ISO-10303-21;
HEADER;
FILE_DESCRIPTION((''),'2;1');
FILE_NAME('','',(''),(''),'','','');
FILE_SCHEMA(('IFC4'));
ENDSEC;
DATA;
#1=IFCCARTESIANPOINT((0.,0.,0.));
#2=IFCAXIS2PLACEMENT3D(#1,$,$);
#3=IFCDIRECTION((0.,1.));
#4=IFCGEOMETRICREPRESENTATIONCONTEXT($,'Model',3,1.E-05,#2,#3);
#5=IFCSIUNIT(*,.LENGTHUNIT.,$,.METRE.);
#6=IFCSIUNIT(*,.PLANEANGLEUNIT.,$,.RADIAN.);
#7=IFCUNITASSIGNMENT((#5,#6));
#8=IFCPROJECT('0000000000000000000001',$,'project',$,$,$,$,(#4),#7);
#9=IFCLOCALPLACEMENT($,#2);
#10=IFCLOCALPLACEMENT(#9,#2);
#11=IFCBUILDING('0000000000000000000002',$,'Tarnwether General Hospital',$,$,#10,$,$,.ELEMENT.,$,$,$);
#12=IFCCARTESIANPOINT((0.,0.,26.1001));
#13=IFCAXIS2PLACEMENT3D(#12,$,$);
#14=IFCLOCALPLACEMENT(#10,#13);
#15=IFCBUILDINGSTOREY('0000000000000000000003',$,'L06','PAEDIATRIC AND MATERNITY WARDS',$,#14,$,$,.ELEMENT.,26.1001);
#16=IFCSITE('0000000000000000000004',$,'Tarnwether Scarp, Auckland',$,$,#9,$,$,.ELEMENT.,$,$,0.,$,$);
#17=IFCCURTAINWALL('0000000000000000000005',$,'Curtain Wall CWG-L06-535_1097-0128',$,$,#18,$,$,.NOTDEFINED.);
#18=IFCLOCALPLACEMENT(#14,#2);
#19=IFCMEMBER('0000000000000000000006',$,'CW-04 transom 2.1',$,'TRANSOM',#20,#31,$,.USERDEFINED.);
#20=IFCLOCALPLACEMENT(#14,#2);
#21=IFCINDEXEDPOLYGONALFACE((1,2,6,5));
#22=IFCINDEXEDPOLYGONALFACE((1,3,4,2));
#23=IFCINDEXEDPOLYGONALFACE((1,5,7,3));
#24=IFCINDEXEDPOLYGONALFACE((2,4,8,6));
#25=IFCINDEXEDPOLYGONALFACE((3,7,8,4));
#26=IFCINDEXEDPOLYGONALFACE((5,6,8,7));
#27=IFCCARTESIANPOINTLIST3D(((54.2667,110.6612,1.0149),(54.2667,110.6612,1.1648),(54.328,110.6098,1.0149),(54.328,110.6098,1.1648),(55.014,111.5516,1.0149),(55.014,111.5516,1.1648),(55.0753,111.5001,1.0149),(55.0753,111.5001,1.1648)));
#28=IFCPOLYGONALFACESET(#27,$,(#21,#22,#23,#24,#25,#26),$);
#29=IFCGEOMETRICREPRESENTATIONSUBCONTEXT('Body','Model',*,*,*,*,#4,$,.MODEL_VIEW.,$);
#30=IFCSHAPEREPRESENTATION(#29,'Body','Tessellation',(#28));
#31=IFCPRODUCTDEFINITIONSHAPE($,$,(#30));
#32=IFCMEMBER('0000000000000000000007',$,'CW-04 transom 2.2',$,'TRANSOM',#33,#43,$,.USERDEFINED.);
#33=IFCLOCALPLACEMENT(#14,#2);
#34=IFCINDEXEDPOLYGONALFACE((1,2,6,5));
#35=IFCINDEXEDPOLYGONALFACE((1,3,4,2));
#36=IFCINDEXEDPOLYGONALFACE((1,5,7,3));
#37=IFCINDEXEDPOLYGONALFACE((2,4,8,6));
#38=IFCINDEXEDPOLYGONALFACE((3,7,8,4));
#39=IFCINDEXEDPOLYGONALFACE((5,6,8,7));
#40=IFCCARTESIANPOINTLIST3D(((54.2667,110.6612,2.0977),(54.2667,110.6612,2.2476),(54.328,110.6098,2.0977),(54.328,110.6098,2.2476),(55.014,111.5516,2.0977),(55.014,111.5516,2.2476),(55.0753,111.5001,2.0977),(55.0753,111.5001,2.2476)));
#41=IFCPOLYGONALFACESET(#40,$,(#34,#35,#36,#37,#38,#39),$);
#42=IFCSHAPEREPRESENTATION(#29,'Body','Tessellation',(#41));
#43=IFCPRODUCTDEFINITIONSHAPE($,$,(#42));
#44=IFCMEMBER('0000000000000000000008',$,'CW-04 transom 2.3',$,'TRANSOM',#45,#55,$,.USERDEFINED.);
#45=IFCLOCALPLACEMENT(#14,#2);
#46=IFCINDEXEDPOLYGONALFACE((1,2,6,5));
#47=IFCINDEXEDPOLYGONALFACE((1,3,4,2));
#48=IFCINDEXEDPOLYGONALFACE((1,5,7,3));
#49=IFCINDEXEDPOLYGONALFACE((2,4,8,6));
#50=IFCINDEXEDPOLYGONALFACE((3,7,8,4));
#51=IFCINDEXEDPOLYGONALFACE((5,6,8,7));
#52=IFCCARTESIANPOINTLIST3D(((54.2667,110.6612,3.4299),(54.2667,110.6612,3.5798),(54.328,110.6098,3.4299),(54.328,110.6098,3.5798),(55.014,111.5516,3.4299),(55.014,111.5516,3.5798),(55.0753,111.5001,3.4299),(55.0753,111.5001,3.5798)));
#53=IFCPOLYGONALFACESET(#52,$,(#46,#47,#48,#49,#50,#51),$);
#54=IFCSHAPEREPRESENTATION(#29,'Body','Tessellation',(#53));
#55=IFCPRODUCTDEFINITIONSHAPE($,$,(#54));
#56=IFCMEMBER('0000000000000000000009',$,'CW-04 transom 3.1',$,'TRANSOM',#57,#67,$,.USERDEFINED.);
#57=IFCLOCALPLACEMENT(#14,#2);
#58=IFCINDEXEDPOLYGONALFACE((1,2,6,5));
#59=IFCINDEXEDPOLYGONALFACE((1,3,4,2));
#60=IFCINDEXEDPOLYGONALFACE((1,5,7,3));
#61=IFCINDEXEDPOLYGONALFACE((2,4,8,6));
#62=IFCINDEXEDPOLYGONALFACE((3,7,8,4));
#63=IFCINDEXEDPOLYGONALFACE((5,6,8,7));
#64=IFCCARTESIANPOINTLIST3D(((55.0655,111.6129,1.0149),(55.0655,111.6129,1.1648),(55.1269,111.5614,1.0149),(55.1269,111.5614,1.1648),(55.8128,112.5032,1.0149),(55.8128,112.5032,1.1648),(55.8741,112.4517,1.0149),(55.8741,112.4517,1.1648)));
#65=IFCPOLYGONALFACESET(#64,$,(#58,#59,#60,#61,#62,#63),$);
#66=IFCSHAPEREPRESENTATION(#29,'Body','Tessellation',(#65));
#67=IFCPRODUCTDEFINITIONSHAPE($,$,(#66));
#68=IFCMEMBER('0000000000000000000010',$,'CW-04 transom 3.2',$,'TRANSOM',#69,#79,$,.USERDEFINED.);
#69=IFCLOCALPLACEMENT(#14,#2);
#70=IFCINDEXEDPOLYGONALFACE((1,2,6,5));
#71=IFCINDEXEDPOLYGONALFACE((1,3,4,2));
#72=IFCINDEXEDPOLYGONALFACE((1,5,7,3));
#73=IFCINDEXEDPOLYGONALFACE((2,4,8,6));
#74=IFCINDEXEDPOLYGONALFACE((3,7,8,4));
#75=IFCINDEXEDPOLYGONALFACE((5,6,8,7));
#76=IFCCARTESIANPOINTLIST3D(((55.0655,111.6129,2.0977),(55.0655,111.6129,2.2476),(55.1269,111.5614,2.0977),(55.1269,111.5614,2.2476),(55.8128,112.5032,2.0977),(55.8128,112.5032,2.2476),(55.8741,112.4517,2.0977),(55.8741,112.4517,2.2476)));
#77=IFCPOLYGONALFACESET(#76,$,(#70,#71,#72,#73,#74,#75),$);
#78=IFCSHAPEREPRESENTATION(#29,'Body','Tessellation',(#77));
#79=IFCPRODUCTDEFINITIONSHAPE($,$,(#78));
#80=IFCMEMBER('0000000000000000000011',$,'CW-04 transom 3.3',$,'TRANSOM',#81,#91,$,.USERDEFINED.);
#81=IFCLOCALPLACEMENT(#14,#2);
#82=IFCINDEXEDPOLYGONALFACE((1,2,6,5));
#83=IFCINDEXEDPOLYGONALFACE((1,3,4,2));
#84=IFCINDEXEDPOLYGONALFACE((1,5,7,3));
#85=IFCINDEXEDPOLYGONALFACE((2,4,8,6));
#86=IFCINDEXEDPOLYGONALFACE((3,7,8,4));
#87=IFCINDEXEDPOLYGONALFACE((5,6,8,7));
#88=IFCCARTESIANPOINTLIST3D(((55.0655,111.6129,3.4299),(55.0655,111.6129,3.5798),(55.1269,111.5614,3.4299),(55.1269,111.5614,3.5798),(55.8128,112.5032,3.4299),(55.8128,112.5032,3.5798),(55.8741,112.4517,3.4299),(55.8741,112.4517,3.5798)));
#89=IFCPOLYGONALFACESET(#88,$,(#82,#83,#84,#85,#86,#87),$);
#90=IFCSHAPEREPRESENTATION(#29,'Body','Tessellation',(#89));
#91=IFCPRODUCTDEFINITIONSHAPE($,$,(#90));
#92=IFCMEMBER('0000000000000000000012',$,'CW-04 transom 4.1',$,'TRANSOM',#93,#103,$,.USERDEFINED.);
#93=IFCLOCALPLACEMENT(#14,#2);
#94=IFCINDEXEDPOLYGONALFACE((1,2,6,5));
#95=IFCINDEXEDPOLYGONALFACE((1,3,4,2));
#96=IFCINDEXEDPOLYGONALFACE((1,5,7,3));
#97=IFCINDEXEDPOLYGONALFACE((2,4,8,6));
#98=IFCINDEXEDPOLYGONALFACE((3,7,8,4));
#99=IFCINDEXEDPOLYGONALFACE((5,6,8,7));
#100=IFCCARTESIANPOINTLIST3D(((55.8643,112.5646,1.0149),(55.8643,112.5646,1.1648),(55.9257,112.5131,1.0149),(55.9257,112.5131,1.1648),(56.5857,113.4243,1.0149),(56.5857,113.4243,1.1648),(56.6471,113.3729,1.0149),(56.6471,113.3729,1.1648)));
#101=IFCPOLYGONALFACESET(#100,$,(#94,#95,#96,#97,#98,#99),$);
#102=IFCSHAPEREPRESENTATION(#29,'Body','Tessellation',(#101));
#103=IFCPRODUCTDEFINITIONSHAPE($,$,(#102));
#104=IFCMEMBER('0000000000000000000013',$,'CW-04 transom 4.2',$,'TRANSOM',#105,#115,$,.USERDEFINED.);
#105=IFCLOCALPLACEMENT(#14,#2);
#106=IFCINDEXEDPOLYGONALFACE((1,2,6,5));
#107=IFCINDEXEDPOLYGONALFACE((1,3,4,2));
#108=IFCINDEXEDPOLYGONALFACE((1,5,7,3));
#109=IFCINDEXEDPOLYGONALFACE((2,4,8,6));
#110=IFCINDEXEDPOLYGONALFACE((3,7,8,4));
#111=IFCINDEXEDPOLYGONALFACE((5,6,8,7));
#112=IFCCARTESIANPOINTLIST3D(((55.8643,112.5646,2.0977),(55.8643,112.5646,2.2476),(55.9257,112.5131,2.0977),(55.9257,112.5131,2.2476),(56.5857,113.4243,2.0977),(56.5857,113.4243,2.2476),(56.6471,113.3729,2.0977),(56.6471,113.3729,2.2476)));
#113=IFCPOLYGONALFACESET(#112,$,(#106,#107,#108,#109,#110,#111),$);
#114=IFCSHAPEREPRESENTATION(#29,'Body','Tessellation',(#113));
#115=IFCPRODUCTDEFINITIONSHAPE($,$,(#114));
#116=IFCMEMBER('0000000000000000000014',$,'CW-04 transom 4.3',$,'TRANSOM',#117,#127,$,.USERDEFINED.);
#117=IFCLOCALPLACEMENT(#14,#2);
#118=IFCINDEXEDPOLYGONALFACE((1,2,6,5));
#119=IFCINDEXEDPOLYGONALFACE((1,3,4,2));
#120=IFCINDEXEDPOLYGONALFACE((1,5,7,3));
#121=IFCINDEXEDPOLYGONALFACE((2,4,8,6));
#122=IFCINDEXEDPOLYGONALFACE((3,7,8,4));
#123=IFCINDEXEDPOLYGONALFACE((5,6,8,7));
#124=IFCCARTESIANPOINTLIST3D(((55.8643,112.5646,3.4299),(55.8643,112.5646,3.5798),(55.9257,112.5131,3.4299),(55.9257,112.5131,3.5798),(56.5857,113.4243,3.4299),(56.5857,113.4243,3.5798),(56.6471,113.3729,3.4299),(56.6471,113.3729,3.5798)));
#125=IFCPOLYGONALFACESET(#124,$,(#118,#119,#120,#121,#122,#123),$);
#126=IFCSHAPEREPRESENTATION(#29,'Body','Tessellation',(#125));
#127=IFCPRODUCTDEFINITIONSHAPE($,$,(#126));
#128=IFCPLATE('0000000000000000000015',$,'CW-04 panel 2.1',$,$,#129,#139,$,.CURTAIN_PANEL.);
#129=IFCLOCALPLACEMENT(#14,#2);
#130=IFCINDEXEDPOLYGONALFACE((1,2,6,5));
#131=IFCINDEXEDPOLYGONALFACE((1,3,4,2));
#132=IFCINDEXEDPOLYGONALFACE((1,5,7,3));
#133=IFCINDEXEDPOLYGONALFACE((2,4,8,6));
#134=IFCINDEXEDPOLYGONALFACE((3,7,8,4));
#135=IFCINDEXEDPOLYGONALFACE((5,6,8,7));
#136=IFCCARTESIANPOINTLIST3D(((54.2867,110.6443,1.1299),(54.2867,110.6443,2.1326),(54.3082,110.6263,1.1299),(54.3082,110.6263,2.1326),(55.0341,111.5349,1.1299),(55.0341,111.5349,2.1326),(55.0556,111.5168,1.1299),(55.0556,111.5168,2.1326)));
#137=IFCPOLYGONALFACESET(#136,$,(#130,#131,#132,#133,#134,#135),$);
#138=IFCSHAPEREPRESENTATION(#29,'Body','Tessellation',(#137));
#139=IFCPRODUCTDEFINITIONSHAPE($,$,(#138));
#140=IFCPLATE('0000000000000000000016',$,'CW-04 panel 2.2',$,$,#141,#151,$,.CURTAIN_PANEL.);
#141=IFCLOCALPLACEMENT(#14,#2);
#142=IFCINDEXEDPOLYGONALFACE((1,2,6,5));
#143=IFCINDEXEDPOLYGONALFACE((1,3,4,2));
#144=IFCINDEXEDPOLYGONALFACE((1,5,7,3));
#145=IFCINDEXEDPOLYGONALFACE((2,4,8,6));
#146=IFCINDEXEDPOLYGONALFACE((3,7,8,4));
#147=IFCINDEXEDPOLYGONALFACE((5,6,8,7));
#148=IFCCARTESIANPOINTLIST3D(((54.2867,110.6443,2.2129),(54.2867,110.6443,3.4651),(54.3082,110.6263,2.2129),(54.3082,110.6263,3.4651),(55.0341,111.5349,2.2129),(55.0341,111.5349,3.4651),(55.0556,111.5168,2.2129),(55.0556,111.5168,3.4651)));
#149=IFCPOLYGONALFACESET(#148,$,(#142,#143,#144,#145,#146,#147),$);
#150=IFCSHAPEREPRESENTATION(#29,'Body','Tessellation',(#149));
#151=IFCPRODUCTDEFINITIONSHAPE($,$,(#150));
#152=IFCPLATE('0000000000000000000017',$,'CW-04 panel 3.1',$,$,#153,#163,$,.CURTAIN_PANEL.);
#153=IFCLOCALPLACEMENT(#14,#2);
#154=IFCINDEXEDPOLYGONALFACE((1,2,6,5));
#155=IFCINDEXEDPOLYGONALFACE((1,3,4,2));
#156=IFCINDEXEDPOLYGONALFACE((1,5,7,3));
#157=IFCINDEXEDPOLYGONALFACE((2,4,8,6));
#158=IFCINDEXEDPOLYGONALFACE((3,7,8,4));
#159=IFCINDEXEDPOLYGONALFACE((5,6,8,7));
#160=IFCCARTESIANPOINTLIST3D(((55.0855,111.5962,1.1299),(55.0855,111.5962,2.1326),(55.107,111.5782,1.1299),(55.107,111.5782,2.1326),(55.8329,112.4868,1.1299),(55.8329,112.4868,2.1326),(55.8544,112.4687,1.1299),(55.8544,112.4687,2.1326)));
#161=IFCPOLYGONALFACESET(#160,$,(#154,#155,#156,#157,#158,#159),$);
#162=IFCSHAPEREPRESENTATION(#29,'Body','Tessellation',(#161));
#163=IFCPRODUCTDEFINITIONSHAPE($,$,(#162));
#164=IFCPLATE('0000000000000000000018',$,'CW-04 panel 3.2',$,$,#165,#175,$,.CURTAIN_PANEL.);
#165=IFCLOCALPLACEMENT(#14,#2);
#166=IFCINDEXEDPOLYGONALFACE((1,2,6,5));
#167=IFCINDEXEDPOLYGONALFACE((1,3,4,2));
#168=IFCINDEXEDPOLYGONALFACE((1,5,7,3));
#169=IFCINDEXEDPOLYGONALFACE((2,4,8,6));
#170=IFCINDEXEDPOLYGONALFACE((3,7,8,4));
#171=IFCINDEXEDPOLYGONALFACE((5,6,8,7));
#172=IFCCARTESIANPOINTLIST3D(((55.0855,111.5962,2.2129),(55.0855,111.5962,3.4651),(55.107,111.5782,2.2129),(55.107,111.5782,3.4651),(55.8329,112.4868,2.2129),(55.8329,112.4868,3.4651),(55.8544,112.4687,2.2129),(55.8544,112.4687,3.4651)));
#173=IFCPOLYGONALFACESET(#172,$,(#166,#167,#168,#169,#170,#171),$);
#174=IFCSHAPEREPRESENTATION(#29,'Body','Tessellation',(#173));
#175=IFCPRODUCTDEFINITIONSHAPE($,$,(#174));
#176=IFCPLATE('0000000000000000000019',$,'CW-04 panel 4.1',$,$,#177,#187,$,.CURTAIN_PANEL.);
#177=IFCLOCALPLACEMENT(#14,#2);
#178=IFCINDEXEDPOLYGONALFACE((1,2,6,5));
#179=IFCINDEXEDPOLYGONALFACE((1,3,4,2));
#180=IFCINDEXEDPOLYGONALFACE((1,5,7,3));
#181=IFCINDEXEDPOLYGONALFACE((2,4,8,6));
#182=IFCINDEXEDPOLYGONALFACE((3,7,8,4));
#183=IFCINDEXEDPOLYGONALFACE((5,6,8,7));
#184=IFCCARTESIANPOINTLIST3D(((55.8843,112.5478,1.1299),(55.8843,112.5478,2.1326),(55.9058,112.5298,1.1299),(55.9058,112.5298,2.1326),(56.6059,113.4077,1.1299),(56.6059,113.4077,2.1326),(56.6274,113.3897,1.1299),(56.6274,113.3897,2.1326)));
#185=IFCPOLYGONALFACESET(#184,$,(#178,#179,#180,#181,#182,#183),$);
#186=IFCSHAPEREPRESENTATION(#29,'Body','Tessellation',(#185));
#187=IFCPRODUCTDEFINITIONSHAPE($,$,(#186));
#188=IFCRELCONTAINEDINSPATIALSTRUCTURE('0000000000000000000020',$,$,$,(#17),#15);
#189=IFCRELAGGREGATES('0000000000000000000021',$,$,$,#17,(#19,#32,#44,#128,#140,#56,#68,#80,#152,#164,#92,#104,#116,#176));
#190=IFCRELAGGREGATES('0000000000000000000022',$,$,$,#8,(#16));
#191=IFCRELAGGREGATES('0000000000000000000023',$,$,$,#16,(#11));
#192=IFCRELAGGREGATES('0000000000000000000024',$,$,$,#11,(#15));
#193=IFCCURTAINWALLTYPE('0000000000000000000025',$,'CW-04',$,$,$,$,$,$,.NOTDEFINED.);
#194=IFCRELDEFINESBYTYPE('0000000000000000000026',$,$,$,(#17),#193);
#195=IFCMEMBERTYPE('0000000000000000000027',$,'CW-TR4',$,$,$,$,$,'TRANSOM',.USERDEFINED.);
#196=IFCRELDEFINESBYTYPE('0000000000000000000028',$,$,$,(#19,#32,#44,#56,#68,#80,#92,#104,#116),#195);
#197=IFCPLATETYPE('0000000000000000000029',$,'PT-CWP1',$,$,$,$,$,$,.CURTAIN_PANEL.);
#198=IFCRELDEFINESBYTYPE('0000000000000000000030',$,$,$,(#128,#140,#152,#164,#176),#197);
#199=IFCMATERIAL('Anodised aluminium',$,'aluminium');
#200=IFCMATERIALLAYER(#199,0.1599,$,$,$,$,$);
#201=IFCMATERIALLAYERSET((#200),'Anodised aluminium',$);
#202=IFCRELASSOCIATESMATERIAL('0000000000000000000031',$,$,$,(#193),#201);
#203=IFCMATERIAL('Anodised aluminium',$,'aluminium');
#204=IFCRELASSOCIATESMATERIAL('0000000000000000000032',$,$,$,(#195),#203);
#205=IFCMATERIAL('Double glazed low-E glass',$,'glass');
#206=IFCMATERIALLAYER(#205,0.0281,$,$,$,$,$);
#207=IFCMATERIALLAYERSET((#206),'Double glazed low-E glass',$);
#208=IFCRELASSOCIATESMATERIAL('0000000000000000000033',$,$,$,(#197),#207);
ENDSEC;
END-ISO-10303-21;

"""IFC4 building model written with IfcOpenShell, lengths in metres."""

from ifc_helpers import new_model, si_unit, direction, frame, origin, origin_2d, place, context, subcontext, project, spatial, rectangle, extrude, material, layer, layer_set, material_profile, profile_set, type_object, element, aggregate, save


model = new_model("IFC4")

# Units and contexts
model_context = context("Model", 3, precision=1e-05, world=origin(), true_north=direction((0.0, 1.0)))
body_context = subcontext(model_context, "Body", "Model", "MODEL_VIEW")
ifc_project = project(units=[si_unit("LENGTHUNIT", "METRE"), si_unit("PLANEANGLEUNIT", "RADIAN")], contexts=[model_context])

# Site, building, storey
site_placement = place(None, origin())
site = spatial("IfcSite", under=ifc_project, at=site_placement, Name="Tarnwether Scarp, Auckland", CompositionType="ELEMENT", RefElevation=0.0)
building_placement = place(site_placement, origin())
building = spatial("IfcBuilding", under=site, at=building_placement, Name="Tarnwether General Hospital", CompositionType="ELEMENT")
storey_placement = place(building_placement, frame((0.0, 0.0, 26.1001)))
storey = spatial("IfcBuildingStorey", under=building, at=storey_placement, Name="L06", Description="PAEDIATRIC AND MATERNITY WARDS", CompositionType="ELEMENT", Elevation=26.1001)

# Curtain wall
ifc_material_1 = material(Name="Anodised aluminium", Category="aluminium")
ifc_layer_1 = layer(ifc_material_1, 0.1599)
ifc_layer_set_1 = layer_set([ifc_layer_1], Name="Anodised aluminium")
curtain_wall_type_1 = type_object("IfcCurtainWallType", Name="CW-04", PredefinedType="NOTDEFINED", material=ifc_layer_set_1)
curtain_wall_1_placement = place(storey_placement, origin())
curtain_wall_1 = element("IfcCurtainWall", 1, at=curtain_wall_1_placement, inside=storey, type_object=curtain_wall_type_1, Name="Curtain Wall CWG-L06-535_1097-0128", PredefinedType="NOTDEFINED")

# Members
ifc_material_2 = material(Name="Anodised aluminium", Category="aluminium")
ifc_material_profile_1 = material_profile(ifc_material_2, rectangle(XDim=0.0801, YDim=0.1499, at=origin_2d()), Name="ALU-TRN-80x150")
ifc_profile_set_1 = profile_set([ifc_material_profile_1], Name="Anodised aluminium")
member_type_1 = type_object("IfcMemberType", Name="CW-TR4", ElementType="TRANSOM", PredefinedType="USERDEFINED", material=ifc_profile_set_1)
member_1_placement = place(storey_placement, frame((54.2974, 110.6355, 1.0898), z_axis=(0.642887, 0.765961, 0.0), x_axis=(-0.765961, 0.642887, 0.0)))
member_1 = element("IfcMember", 2, at=member_1_placement, type_object=member_type_1, Name="CW-04 transom 2.1", ObjectType="TRANSOM", PredefinedType="USERDEFINED", context=body_context, shape_type="SweptSolid", body=[
    extrude(rectangle(XDim=0.0801, YDim=0.1499, at=origin_2d()), origin(), (0.0, 0.0, 1.0), 1.1624),
])
member_2_placement = place(storey_placement, frame((54.2974, 110.6355, 2.1726), z_axis=(0.642887, 0.765961, 0.0), x_axis=(-0.765961, 0.642887, 0.0)))
member_2 = element("IfcMember", 3, at=member_2_placement, type_object=member_type_1, Name="CW-04 transom 2.2", ObjectType="TRANSOM", PredefinedType="USERDEFINED", context=body_context, shape_type="SweptSolid", body=[
    extrude(rectangle(XDim=0.0801, YDim=0.1499, at=origin_2d()), origin(), (0.0, 0.0, 1.0), 1.1624),
])
member_3_placement = place(storey_placement, frame((54.2974, 110.6355, 3.5049), z_axis=(0.642887, 0.765961, 0.0), x_axis=(-0.765961, 0.642887, 0.0)))
member_3 = element("IfcMember", 4, at=member_3_placement, type_object=member_type_1, Name="CW-04 transom 2.3", ObjectType="TRANSOM", PredefinedType="USERDEFINED", context=body_context, shape_type="SweptSolid", body=[
    extrude(rectangle(XDim=0.0801, YDim=0.1499, at=origin_2d()), origin(), (0.0, 0.0, 1.0), 1.1624),
])
member_4_placement = place(storey_placement, frame((55.0962, 111.5872, 1.0898), z_axis=(0.642887, 0.765961, 0.0), x_axis=(-0.765961, 0.642887, 0.0)))
member_4 = element("IfcMember", 5, at=member_4_placement, type_object=member_type_1, Name="CW-04 transom 3.1", ObjectType="TRANSOM", PredefinedType="USERDEFINED", context=body_context, shape_type="SweptSolid", body=[
    extrude(rectangle(XDim=0.0801, YDim=0.1499, at=origin_2d()), origin(), (0.0, 0.0, 1.0), 1.1624),
])
member_5_placement = place(storey_placement, frame((55.0962, 111.5872, 2.1726), z_axis=(0.642887, 0.765961, 0.0), x_axis=(-0.765961, 0.642887, 0.0)))
member_5 = element("IfcMember", 6, at=member_5_placement, type_object=member_type_1, Name="CW-04 transom 3.2", ObjectType="TRANSOM", PredefinedType="USERDEFINED", context=body_context, shape_type="SweptSolid", body=[
    extrude(rectangle(XDim=0.0801, YDim=0.1499, at=origin_2d()), origin(), (0.0, 0.0, 1.0), 1.1624),
])
member_6_placement = place(storey_placement, frame((55.0962, 111.5872, 3.5049), z_axis=(0.642887, 0.765961, 0.0), x_axis=(-0.765961, 0.642887, 0.0)))
member_6 = element("IfcMember", 7, at=member_6_placement, type_object=member_type_1, Name="CW-04 transom 3.3", ObjectType="TRANSOM", PredefinedType="USERDEFINED", context=body_context, shape_type="SweptSolid", body=[
    extrude(rectangle(XDim=0.0801, YDim=0.1499, at=origin_2d()), origin(), (0.0, 0.0, 1.0), 1.1624),
])
member_7_placement = place(storey_placement, frame((55.895, 112.5388, 1.0898), z_axis=(0.642748, 0.766078, 0.0), x_axis=(-0.766078, 0.642748, 0.0)))
member_7 = element("IfcMember", 8, at=member_7_placement, type_object=member_type_1, Name="CW-04 transom 4.1", ObjectType="TRANSOM", PredefinedType="USERDEFINED", context=body_context, shape_type="SweptSolid", body=[
    extrude(rectangle(XDim=0.0801, YDim=0.1499, at=origin_2d()), origin(), (0.0, 0.0, 1.0), 1.1223),
])
member_8_placement = place(storey_placement, frame((55.895, 112.5388, 2.1726), z_axis=(0.642748, 0.766078, 0.0), x_axis=(-0.766078, 0.642748, 0.0)))
member_8 = element("IfcMember", 9, at=member_8_placement, type_object=member_type_1, Name="CW-04 transom 4.2", ObjectType="TRANSOM", PredefinedType="USERDEFINED", context=body_context, shape_type="SweptSolid", body=[
    extrude(rectangle(XDim=0.0801, YDim=0.1499, at=origin_2d()), origin(), (0.0, 0.0, 1.0), 1.1223),
])
member_9_placement = place(storey_placement, frame((55.895, 112.5388, 3.5049), z_axis=(0.642748, 0.766078, 0.0), x_axis=(-0.766078, 0.642748, 0.0)))
member_9 = element("IfcMember", 10, at=member_9_placement, type_object=member_type_1, Name="CW-04 transom 4.3", ObjectType="TRANSOM", PredefinedType="USERDEFINED", context=body_context, shape_type="SweptSolid", body=[
    extrude(rectangle(XDim=0.0801, YDim=0.1499, at=origin_2d()), origin(), (0.0, 0.0, 1.0), 1.1223),
])

# Plates
ifc_material_3 = material(Name="Double glazed low-E glass", Category="glass")
ifc_layer_2 = layer(ifc_material_3, 0.0281)
ifc_layer_set_2 = layer_set([ifc_layer_2], Name="Double glazed low-E glass")
plate_type_1 = type_object("IfcPlateType", Name="PT-CWP1", PredefinedType="CURTAIN_PANEL", material=ifc_layer_set_2)
plate_1_placement = place(storey_placement, frame((54.6711, 111.0806, 1.1299), z_axis=(0.0, 0.0, 1.0), x_axis=(0.642852, 0.76599, 0.0)))
plate_1 = element("IfcPlate", 11, at=plate_1_placement, type_object=plate_type_1, Name="CW-04 panel 2.1", PredefinedType="CURTAIN_PANEL", context=body_context, shape_type="SweptSolid", body=[
    extrude(rectangle(XDim=1.1626, YDim=0.0281, at=origin_2d()), origin(), (0.0, 0.0, 1.0), 1.0027),
])
plate_2_placement = place(storey_placement, frame((54.6711, 111.0806, 2.2129), z_axis=(0.0, 0.0, 1.0), x_axis=(0.642852, 0.76599, 0.0)))
plate_2 = element("IfcPlate", 12, at=plate_2_placement, type_object=plate_type_1, Name="CW-04 panel 2.2", PredefinedType="CURTAIN_PANEL", context=body_context, shape_type="SweptSolid", body=[
    extrude(rectangle(XDim=1.1626, YDim=0.0281, at=origin_2d()), origin(), (0.0, 0.0, 1.0), 1.2522),
])
plate_3_placement = place(storey_placement, frame((55.47, 112.0325, 1.1299), z_axis=(0.0, 0.0, 1.0), x_axis=(0.642852, 0.76599, 0.0)))
plate_3 = element("IfcPlate", 13, at=plate_3_placement, type_object=plate_type_1, Name="CW-04 panel 3.1", PredefinedType="CURTAIN_PANEL", context=body_context, shape_type="SweptSolid", body=[
    extrude(rectangle(XDim=1.1626, YDim=0.0281, at=origin_2d()), origin(), (0.0, 0.0, 1.0), 1.0027),
])
plate_4_placement = place(storey_placement, frame((55.47, 112.0325, 2.2129), z_axis=(0.0, 0.0, 1.0), x_axis=(0.642852, 0.76599, 0.0)))
plate_4 = element("IfcPlate", 14, at=plate_4_placement, type_object=plate_type_1, Name="CW-04 panel 3.2", PredefinedType="CURTAIN_PANEL", context=body_context, shape_type="SweptSolid", body=[
    extrude(rectangle(XDim=1.1626, YDim=0.0281, at=origin_2d()), origin(), (0.0, 0.0, 1.0), 1.2522),
])
plate_5_placement = place(storey_placement, frame((56.2559, 112.9688, 1.1299), z_axis=(0.0, 0.0, 1.0), x_axis=(0.642852, 0.76599, 0.0)))
plate_5 = element("IfcPlate", 15, at=plate_5_placement, type_object=plate_type_1, Name="CW-04 panel 4.1", PredefinedType="CURTAIN_PANEL", context=body_context, shape_type="SweptSolid", body=[
    extrude(rectangle(XDim=1.1226, YDim=0.0281, at=origin_2d()), origin(), (0.0, 0.0, 1.0), 1.0027),
])
aggregate(curtain_wall_1, [member_1, member_2, member_3, plate_1, plate_2, member_4, member_5, member_6, plate_3, plate_4, member_7, member_8, member_9, plate_5])

save(model, "model.ifc")
